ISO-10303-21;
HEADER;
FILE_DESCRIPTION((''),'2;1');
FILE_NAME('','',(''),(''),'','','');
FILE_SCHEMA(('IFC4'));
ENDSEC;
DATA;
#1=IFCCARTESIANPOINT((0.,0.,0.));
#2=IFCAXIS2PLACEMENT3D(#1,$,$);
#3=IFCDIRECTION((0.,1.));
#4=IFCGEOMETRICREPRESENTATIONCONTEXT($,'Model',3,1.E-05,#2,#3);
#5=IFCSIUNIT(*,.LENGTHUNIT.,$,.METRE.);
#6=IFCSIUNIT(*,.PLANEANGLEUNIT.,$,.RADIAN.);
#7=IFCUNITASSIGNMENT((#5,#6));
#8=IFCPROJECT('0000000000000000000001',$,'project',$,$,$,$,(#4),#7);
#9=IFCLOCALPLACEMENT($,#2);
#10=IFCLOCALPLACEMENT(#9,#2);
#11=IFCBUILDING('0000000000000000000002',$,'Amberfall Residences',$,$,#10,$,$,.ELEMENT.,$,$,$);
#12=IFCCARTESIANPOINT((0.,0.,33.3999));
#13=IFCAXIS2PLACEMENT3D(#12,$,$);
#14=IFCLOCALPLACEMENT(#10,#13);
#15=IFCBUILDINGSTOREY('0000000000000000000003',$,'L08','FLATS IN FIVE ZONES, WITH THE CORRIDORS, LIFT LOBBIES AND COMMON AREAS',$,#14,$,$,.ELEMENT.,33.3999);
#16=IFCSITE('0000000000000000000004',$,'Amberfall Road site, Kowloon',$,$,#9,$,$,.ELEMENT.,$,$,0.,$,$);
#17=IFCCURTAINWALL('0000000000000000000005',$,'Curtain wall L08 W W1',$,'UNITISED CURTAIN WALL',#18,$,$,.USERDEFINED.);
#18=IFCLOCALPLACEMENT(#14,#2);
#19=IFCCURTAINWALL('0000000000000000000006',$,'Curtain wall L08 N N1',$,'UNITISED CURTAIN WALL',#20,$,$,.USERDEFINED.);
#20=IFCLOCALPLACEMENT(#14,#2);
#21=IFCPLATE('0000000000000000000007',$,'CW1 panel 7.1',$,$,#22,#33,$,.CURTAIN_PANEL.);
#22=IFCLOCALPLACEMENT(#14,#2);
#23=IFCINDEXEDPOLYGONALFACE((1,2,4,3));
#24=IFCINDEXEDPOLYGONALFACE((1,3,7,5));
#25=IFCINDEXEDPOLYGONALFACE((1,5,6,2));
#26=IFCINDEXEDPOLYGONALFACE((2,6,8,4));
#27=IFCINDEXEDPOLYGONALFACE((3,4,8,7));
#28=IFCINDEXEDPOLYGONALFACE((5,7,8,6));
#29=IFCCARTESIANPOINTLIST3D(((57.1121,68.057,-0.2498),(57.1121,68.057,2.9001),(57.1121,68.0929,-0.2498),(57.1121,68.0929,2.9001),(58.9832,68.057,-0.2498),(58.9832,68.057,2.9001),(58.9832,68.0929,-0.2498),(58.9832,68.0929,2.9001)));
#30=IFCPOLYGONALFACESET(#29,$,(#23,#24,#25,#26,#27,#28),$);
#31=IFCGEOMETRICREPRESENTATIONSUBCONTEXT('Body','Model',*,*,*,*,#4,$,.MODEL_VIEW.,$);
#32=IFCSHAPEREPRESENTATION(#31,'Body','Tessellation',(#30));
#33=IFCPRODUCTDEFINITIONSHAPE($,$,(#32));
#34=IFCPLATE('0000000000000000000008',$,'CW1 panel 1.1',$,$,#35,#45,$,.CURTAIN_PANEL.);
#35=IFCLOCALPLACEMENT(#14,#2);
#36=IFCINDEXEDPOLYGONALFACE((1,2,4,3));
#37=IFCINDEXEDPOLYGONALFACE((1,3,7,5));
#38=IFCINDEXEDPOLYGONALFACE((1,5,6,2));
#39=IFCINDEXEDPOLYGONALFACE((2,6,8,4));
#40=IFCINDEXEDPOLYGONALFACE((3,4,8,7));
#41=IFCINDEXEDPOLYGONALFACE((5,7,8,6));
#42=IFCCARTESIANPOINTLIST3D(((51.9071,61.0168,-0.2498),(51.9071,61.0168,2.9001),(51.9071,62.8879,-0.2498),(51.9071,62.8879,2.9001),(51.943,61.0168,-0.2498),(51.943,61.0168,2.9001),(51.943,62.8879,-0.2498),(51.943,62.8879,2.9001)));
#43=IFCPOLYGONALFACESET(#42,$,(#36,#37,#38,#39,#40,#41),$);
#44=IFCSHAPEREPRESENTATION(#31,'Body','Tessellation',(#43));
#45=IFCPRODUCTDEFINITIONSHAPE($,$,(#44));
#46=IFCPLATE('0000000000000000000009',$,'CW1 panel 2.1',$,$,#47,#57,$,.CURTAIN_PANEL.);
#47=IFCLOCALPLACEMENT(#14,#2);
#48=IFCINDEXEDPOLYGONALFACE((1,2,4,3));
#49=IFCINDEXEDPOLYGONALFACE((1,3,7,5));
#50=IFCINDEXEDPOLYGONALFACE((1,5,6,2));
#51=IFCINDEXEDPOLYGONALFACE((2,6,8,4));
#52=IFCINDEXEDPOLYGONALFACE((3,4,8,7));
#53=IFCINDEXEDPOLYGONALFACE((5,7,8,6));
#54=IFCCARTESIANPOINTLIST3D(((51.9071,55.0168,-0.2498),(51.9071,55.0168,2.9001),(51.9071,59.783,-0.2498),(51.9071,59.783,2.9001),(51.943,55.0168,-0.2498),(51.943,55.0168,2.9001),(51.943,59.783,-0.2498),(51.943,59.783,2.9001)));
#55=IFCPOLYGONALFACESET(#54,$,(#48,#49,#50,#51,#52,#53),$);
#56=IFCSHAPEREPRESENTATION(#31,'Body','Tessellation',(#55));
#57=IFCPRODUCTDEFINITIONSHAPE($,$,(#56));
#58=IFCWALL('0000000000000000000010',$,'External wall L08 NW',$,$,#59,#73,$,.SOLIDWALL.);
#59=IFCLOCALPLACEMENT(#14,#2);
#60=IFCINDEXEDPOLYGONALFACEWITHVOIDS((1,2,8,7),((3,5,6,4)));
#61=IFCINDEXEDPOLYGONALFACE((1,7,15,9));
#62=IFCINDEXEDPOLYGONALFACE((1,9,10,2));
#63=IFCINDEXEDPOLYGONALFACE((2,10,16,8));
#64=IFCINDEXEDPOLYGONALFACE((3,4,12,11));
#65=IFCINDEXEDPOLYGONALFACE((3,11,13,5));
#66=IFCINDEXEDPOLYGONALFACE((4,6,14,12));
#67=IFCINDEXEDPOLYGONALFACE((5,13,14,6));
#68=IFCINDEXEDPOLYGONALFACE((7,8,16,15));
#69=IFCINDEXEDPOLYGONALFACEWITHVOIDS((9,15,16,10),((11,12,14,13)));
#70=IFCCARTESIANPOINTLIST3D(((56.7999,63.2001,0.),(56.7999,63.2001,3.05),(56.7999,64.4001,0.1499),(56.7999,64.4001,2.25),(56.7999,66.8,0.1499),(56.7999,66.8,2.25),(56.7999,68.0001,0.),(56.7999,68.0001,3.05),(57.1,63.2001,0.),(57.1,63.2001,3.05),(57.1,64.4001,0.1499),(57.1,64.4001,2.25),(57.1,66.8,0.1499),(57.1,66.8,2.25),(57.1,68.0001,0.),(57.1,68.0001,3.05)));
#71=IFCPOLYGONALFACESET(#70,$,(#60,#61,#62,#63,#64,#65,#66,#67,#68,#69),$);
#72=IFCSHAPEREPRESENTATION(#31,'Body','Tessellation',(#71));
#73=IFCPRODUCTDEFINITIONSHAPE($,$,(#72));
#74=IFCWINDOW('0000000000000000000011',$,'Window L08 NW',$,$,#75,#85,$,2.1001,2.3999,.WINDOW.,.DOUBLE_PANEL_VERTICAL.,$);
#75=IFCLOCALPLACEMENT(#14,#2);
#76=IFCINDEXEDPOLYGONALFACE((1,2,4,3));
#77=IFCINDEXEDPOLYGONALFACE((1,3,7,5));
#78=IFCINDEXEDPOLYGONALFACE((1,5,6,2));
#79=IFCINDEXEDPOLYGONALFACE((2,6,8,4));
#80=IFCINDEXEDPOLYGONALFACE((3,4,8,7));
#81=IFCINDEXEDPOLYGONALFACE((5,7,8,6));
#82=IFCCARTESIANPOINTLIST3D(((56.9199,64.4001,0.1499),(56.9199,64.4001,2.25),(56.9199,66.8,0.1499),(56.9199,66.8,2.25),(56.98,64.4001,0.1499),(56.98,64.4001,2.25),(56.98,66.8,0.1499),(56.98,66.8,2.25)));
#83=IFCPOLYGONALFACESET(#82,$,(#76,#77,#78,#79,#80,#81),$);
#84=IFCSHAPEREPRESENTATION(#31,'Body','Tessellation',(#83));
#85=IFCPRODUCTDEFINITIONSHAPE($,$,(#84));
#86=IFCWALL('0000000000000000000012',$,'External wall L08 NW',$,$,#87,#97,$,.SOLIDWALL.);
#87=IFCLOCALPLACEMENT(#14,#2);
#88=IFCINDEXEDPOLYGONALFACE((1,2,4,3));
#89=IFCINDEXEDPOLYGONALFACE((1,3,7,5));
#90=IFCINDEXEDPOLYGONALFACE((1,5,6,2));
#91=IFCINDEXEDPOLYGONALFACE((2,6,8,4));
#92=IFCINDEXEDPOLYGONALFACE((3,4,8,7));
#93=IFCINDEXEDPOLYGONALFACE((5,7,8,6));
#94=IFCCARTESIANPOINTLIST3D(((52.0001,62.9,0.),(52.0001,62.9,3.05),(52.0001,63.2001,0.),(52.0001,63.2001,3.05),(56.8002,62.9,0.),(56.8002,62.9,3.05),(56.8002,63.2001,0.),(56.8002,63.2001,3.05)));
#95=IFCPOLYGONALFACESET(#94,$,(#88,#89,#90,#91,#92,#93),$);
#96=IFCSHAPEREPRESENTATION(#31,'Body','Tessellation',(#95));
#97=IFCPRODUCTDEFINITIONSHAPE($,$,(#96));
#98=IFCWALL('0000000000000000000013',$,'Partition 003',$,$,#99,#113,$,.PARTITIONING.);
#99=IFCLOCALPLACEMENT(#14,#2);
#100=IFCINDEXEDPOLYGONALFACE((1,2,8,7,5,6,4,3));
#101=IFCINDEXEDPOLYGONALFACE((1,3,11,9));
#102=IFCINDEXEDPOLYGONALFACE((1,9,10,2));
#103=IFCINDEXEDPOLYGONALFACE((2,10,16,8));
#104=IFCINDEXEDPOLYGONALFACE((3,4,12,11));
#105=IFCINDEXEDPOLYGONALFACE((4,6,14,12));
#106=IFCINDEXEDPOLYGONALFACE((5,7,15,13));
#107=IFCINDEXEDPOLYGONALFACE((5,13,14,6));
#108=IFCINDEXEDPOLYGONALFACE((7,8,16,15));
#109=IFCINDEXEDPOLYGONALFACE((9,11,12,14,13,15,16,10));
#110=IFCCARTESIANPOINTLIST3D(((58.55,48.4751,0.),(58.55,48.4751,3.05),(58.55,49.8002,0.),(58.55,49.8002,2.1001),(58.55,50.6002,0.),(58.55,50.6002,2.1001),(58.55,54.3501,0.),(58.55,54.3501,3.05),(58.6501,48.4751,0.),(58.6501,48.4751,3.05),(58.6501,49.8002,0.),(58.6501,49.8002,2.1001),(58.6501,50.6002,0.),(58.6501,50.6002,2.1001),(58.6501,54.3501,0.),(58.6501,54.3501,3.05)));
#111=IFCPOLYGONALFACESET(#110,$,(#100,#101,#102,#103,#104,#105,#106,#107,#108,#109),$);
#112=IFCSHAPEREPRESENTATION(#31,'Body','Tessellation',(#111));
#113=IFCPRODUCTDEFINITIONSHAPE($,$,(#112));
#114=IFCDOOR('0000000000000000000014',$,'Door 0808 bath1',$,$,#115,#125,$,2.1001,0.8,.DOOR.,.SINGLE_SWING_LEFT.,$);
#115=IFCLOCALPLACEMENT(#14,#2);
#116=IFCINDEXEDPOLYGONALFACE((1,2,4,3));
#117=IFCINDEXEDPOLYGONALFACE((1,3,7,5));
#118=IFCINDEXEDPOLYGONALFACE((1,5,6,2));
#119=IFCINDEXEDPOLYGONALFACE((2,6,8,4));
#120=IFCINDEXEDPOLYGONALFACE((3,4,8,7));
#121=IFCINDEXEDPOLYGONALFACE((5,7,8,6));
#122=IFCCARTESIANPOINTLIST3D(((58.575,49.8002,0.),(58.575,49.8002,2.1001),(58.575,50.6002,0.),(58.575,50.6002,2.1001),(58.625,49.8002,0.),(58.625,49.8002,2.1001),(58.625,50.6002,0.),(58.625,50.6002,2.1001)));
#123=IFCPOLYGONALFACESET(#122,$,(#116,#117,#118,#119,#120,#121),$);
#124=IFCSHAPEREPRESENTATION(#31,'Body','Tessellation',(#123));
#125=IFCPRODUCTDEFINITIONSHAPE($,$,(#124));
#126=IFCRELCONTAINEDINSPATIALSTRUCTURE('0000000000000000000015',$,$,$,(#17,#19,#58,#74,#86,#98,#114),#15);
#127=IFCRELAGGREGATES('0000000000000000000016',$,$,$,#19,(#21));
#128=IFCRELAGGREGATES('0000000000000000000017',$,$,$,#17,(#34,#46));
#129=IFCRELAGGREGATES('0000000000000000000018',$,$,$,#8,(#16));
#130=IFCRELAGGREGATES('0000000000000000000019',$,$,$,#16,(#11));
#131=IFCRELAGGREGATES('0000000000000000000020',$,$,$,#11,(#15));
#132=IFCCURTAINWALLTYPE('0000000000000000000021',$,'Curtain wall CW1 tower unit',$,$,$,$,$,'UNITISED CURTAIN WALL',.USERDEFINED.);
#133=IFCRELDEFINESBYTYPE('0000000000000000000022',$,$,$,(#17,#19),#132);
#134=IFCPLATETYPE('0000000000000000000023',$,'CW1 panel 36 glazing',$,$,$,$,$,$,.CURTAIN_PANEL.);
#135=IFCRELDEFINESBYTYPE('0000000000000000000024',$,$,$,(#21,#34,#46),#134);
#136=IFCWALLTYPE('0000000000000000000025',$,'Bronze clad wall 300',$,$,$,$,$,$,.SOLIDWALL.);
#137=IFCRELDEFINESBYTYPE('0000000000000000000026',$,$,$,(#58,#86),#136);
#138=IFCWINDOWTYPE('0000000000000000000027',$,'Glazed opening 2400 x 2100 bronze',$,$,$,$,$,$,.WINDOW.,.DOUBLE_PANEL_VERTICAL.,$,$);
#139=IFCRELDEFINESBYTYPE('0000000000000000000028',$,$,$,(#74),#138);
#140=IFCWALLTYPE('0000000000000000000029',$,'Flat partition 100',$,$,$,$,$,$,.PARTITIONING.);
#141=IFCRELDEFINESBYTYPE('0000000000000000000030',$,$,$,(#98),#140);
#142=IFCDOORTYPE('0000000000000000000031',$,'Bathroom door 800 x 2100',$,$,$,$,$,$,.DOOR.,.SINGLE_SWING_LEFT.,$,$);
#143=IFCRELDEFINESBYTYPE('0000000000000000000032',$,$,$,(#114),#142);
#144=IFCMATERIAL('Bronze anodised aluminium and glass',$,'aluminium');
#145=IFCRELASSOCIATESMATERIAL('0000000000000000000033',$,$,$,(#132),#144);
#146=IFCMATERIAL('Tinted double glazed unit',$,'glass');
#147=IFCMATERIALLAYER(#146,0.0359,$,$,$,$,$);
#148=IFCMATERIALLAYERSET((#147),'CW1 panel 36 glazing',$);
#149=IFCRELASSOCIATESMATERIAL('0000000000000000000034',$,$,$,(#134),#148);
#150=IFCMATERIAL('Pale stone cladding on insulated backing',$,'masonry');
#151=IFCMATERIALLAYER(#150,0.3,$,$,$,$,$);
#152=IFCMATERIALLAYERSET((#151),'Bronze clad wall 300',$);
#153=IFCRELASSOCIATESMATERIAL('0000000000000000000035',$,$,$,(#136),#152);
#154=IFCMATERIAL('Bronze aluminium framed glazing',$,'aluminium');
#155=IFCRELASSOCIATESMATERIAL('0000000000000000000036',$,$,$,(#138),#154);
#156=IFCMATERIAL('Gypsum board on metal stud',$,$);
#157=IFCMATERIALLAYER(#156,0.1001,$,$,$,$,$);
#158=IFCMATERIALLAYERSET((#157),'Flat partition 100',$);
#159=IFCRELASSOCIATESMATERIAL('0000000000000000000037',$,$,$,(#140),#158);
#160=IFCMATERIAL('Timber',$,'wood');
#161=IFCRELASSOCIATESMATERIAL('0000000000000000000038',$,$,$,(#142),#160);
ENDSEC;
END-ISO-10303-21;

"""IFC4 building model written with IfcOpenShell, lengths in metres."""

from ifc_helpers import new_model, si_unit, direction, frame, frame_2d, origin, origin_2d, place, context, subcontext, project, spatial, rectangle, extrude, material, layer, layer_set, type_object, element, fill, aggregate, save


model = new_model("IFC4")

# Units and contexts
model_context = context("Model", 3, precision=1e-05, world=origin(), true_north=direction((0.0, 1.0)))
body_context = subcontext(model_context, "Body", "Model", "MODEL_VIEW")
ifc_project = project(units=[si_unit("LENGTHUNIT", "METRE"), si_unit("PLANEANGLEUNIT", "RADIAN")], contexts=[model_context])

# Site, building, storey
site_placement = place(None, origin())
site = spatial("IfcSite", under=ifc_project, at=site_placement, Name="Amberfall Road site, Kowloon", CompositionType="ELEMENT", RefElevation=0.0)
building_placement = place(site_placement, origin())
building = spatial("IfcBuilding", under=site, at=building_placement, Name="Amberfall Residences", CompositionType="ELEMENT")
storey_placement = place(building_placement, frame((0.0, 0.0, 33.3999)))
storey = spatial("IfcBuildingStorey", under=building, at=storey_placement, Name="L08", Description="FLATS IN FIVE ZONES, WITH THE CORRIDORS, LIFT LOBBIES AND COMMON AREAS", CompositionType="ELEMENT", Elevation=33.3999)

# Curtain wall
ifc_material_1 = material(Name="Bronze anodised aluminium and glass", Category="aluminium")
curtain_wall_type = type_object("IfcCurtainWallType", Name="Curtain wall CW1 tower unit", ElementType="UNITISED CURTAIN WALL", PredefinedType="USERDEFINED", material=ifc_material_1)
curtain_wall_1_placement = place(storey_placement, origin())
curtain_wall_1 = element("IfcCurtainWall", 1, at=curtain_wall_1_placement, inside=storey, type_object=curtain_wall_type, Name="Curtain wall L08 W W1", ObjectType="UNITISED CURTAIN WALL", PredefinedType="USERDEFINED")

# Curtain wall
curtain_wall_2_placement = place(storey_placement, origin())
curtain_wall_2 = element("IfcCurtainWall", 2, at=curtain_wall_2_placement, inside=storey, type_object=curtain_wall_type, Name="Curtain wall L08 N N1", ObjectType="UNITISED CURTAIN WALL", PredefinedType="USERDEFINED")

# Plates
ifc_material_2 = material(Name="Tinted double glazed unit", Category="glass")
ifc_layer_1 = layer(ifc_material_2, 0.0359)
ifc_layer_set_1 = layer_set([ifc_layer_1], Name="CW1 panel 36 glazing")
plate_type = type_object("IfcPlateType", Name="CW1 panel 36 glazing", PredefinedType="CURTAIN_PANEL", material=ifc_layer_set_1)
plate_1_placement = place(storey_placement, frame((58.0476, 68.075, -0.2498), z_axis=(0.0, 0.0, 1.0), x_axis=(-1.0, 0.0, 0.0)))
plate_1 = element("IfcPlate", 3, at=plate_1_placement, type_object=plate_type, Name="CW1 panel 7.1", PredefinedType="CURTAIN_PANEL", context=body_context, shape_type="SweptSolid", body=[
    extrude(rectangle(XDim=1.8711, YDim=0.0359, at=origin_2d()), origin(), (0.0, 0.0, 1.0), 3.1499),
])
aggregate(curtain_wall_2, [plate_1])
plate_2_placement = place(storey_placement, frame((51.925, 61.9524, -0.2498), z_axis=(0.0, 0.0, 1.0), x_axis=(0.0, -1.0, 0.0)))
plate_2 = element("IfcPlate", 4, at=plate_2_placement, type_object=plate_type, Name="CW1 panel 1.1", PredefinedType="CURTAIN_PANEL", context=body_context, shape_type="SweptSolid", body=[
    extrude(rectangle(XDim=1.8711, YDim=0.0359, at=origin_2d()), origin(), (0.0, 0.0, 1.0), 3.1499),
])
plate_3_placement = place(storey_placement, frame((51.925, 57.3999, -0.2498), z_axis=(0.0, 0.0, 1.0), x_axis=(0.0, -1.0, 0.0)))
plate_3 = element("IfcPlate", 5, at=plate_3_placement, type_object=plate_type, Name="CW1 panel 2.1", PredefinedType="CURTAIN_PANEL", context=body_context, shape_type="SweptSolid", body=[
    extrude(rectangle(XDim=4.7661, YDim=0.0359, at=origin_2d()), origin(), (0.0, 0.0, 1.0), 3.1499),
])
aggregate(curtain_wall_1, [plate_2, plate_3])

# Wall, opening, window
ifc_material_3 = material(Name="Pale stone cladding on insulated backing", Category="masonry")
ifc_layer_2 = layer(ifc_material_3, 0.3)
ifc_layer_set_2 = layer_set([ifc_layer_2], Name="Bronze clad wall 300")
wall_type_1 = type_object("IfcWallType", Name="Bronze clad wall 300", PredefinedType="SOLIDWALL", material=ifc_layer_set_2)
wall_1_placement = place(storey_placement, frame((56.95, 68.0, 0.0), z_axis=(0.0, 0.0, 1.0), x_axis=(0.0, -1.0, 0.0)))
wall_1 = element("IfcWall", 6, at=wall_1_placement, inside=storey, type_object=wall_type_1, Name="External wall L08 NW", PredefinedType="SOLIDWALL", context=body_context, shape_type="SweptSolid", body=[
    extrude(rectangle(XDim=4.8, YDim=0.3, at=frame_2d((2.3999, 0.0))), origin(), (0.0, 0.0, 1.0), 3.05),
])
opening_1_placement = place(wall_1_placement, frame((1.2, 0.0, 0.1499)))
opening_1 = element("IfcOpeningElement", 7, at=opening_1_placement, cuts=wall_1, PredefinedType="OPENING", context=body_context, shape_type="SweptSolid", body=[
    extrude(rectangle(XDim=2.3999, YDim=2.1001, at=frame_2d((1.2, 1.05))), frame((0.0, 0.1599, 0.0), z_axis=(0.0, -1.0, 0.0), x_axis=(1.0, 0.0, 0.0)), (0.0, 0.0, 1.0), 0.3201),
])
ifc_material_4 = material(Name="Bronze aluminium framed glazing", Category="aluminium")
window_type = type_object("IfcWindowType", Name="Glazed opening 2400 x 2100 bronze", PartitioningType="DOUBLE_PANEL_VERTICAL", PredefinedType="WINDOW", material=ifc_material_4)
window_placement = place(opening_1_placement, origin())
window = element("IfcWindow", 8, at=window_placement, inside=storey, type_object=window_type, Name="Window L08 NW", OverallHeight=2.1001, OverallWidth=2.3999, PartitioningType="DOUBLE_PANEL_VERTICAL", PredefinedType="WINDOW", context=body_context, shape_type="SweptSolid", body=[
    extrude(rectangle(XDim=2.3999, YDim=2.1001, at=frame_2d((1.2, 1.05))), frame((0.0, 0.03, 0.0), z_axis=(0.0, -1.0, 0.0), x_axis=(1.0, 0.0, 0.0)), (0.0, 0.0, 1.0), 0.0601),
])
fill(opening_1, window)

# Wall
wall_2_placement = place(storey_placement, frame((56.8, 63.05, 0.0), z_axis=(0.0, 0.0, 1.0), x_axis=(-1.0, 0.0, 0.0)))
element("IfcWall", 9, at=wall_2_placement, inside=storey, type_object=wall_type_1, Name="External wall L08 NW", PredefinedType="SOLIDWALL", context=body_context, shape_type="SweptSolid", body=[
    extrude(rectangle(XDim=4.8, YDim=0.3, at=frame_2d((2.3999, 0.0))), origin(), (0.0, 0.0, 1.0), 3.05),
])

# Wall, opening, door
ifc_material_5 = material(Name="Gypsum board on metal stud")
ifc_layer_3 = layer(ifc_material_5, 0.1001)
ifc_layer_set_3 = layer_set([ifc_layer_3], Name="Flat partition 100")
wall_type_2 = type_object("IfcWallType", Name="Flat partition 100", PredefinedType="PARTITIONING", material=ifc_layer_set_3)
wall_3_placement = place(storey_placement, frame((58.6001, 54.3501, 0.0), z_axis=(0.0, 0.0, 1.0), x_axis=(0.0, -1.0, 0.0)))
wall_3 = element("IfcWall", 10, at=wall_3_placement, inside=storey, type_object=wall_type_2, Name="Partition 003", PredefinedType="PARTITIONING", context=body_context, shape_type="SweptSolid", body=[
    extrude(rectangle(XDim=5.875, YDim=0.1001, at=frame_2d((2.9375, 0.0))), origin(), (0.0, 0.0, 1.0), 3.05),
])
opening_2_placement = place(wall_3_placement, frame((3.75, 0.0, 0.0)))
opening_2 = element("IfcOpeningElement", 11, at=opening_2_placement, cuts=wall_3, PredefinedType="OPENING", context=body_context, shape_type="SweptSolid", body=[
    extrude(rectangle(XDim=0.8, YDim=2.1001, at=frame_2d((0.3999, 1.05))), frame((0.0, 0.0601, 0.0), z_axis=(0.0, -1.0, 0.0), x_axis=(1.0, 0.0, 0.0)), (0.0, 0.0, 1.0), 0.1201),
])
ifc_material_6 = material(Name="Timber", Category="wood")
door_type = type_object("IfcDoorType", Name="Bathroom door 800 x 2100", OperationType="SINGLE_SWING_LEFT", PredefinedType="DOOR", material=ifc_material_6)
door_placement = place(opening_2_placement, origin())
door = element("IfcDoor", 12, at=door_placement, inside=storey, type_object=door_type, Name="Door 0808 bath1", OperationType="SINGLE_SWING_LEFT", OverallHeight=2.1001, OverallWidth=0.8, PredefinedType="DOOR", context=body_context, shape_type="SweptSolid", body=[
    extrude(rectangle(XDim=0.8, YDim=2.1001, at=frame_2d((0.3999, 1.05))), frame((0.0, 0.0249, 0.0), z_axis=(0.0, -1.0, 0.0), x_axis=(1.0, 0.0, 0.0)), (0.0, 0.0, 1.0), 0.05),
])
fill(opening_2, door)

save(model, "model.ifc")
